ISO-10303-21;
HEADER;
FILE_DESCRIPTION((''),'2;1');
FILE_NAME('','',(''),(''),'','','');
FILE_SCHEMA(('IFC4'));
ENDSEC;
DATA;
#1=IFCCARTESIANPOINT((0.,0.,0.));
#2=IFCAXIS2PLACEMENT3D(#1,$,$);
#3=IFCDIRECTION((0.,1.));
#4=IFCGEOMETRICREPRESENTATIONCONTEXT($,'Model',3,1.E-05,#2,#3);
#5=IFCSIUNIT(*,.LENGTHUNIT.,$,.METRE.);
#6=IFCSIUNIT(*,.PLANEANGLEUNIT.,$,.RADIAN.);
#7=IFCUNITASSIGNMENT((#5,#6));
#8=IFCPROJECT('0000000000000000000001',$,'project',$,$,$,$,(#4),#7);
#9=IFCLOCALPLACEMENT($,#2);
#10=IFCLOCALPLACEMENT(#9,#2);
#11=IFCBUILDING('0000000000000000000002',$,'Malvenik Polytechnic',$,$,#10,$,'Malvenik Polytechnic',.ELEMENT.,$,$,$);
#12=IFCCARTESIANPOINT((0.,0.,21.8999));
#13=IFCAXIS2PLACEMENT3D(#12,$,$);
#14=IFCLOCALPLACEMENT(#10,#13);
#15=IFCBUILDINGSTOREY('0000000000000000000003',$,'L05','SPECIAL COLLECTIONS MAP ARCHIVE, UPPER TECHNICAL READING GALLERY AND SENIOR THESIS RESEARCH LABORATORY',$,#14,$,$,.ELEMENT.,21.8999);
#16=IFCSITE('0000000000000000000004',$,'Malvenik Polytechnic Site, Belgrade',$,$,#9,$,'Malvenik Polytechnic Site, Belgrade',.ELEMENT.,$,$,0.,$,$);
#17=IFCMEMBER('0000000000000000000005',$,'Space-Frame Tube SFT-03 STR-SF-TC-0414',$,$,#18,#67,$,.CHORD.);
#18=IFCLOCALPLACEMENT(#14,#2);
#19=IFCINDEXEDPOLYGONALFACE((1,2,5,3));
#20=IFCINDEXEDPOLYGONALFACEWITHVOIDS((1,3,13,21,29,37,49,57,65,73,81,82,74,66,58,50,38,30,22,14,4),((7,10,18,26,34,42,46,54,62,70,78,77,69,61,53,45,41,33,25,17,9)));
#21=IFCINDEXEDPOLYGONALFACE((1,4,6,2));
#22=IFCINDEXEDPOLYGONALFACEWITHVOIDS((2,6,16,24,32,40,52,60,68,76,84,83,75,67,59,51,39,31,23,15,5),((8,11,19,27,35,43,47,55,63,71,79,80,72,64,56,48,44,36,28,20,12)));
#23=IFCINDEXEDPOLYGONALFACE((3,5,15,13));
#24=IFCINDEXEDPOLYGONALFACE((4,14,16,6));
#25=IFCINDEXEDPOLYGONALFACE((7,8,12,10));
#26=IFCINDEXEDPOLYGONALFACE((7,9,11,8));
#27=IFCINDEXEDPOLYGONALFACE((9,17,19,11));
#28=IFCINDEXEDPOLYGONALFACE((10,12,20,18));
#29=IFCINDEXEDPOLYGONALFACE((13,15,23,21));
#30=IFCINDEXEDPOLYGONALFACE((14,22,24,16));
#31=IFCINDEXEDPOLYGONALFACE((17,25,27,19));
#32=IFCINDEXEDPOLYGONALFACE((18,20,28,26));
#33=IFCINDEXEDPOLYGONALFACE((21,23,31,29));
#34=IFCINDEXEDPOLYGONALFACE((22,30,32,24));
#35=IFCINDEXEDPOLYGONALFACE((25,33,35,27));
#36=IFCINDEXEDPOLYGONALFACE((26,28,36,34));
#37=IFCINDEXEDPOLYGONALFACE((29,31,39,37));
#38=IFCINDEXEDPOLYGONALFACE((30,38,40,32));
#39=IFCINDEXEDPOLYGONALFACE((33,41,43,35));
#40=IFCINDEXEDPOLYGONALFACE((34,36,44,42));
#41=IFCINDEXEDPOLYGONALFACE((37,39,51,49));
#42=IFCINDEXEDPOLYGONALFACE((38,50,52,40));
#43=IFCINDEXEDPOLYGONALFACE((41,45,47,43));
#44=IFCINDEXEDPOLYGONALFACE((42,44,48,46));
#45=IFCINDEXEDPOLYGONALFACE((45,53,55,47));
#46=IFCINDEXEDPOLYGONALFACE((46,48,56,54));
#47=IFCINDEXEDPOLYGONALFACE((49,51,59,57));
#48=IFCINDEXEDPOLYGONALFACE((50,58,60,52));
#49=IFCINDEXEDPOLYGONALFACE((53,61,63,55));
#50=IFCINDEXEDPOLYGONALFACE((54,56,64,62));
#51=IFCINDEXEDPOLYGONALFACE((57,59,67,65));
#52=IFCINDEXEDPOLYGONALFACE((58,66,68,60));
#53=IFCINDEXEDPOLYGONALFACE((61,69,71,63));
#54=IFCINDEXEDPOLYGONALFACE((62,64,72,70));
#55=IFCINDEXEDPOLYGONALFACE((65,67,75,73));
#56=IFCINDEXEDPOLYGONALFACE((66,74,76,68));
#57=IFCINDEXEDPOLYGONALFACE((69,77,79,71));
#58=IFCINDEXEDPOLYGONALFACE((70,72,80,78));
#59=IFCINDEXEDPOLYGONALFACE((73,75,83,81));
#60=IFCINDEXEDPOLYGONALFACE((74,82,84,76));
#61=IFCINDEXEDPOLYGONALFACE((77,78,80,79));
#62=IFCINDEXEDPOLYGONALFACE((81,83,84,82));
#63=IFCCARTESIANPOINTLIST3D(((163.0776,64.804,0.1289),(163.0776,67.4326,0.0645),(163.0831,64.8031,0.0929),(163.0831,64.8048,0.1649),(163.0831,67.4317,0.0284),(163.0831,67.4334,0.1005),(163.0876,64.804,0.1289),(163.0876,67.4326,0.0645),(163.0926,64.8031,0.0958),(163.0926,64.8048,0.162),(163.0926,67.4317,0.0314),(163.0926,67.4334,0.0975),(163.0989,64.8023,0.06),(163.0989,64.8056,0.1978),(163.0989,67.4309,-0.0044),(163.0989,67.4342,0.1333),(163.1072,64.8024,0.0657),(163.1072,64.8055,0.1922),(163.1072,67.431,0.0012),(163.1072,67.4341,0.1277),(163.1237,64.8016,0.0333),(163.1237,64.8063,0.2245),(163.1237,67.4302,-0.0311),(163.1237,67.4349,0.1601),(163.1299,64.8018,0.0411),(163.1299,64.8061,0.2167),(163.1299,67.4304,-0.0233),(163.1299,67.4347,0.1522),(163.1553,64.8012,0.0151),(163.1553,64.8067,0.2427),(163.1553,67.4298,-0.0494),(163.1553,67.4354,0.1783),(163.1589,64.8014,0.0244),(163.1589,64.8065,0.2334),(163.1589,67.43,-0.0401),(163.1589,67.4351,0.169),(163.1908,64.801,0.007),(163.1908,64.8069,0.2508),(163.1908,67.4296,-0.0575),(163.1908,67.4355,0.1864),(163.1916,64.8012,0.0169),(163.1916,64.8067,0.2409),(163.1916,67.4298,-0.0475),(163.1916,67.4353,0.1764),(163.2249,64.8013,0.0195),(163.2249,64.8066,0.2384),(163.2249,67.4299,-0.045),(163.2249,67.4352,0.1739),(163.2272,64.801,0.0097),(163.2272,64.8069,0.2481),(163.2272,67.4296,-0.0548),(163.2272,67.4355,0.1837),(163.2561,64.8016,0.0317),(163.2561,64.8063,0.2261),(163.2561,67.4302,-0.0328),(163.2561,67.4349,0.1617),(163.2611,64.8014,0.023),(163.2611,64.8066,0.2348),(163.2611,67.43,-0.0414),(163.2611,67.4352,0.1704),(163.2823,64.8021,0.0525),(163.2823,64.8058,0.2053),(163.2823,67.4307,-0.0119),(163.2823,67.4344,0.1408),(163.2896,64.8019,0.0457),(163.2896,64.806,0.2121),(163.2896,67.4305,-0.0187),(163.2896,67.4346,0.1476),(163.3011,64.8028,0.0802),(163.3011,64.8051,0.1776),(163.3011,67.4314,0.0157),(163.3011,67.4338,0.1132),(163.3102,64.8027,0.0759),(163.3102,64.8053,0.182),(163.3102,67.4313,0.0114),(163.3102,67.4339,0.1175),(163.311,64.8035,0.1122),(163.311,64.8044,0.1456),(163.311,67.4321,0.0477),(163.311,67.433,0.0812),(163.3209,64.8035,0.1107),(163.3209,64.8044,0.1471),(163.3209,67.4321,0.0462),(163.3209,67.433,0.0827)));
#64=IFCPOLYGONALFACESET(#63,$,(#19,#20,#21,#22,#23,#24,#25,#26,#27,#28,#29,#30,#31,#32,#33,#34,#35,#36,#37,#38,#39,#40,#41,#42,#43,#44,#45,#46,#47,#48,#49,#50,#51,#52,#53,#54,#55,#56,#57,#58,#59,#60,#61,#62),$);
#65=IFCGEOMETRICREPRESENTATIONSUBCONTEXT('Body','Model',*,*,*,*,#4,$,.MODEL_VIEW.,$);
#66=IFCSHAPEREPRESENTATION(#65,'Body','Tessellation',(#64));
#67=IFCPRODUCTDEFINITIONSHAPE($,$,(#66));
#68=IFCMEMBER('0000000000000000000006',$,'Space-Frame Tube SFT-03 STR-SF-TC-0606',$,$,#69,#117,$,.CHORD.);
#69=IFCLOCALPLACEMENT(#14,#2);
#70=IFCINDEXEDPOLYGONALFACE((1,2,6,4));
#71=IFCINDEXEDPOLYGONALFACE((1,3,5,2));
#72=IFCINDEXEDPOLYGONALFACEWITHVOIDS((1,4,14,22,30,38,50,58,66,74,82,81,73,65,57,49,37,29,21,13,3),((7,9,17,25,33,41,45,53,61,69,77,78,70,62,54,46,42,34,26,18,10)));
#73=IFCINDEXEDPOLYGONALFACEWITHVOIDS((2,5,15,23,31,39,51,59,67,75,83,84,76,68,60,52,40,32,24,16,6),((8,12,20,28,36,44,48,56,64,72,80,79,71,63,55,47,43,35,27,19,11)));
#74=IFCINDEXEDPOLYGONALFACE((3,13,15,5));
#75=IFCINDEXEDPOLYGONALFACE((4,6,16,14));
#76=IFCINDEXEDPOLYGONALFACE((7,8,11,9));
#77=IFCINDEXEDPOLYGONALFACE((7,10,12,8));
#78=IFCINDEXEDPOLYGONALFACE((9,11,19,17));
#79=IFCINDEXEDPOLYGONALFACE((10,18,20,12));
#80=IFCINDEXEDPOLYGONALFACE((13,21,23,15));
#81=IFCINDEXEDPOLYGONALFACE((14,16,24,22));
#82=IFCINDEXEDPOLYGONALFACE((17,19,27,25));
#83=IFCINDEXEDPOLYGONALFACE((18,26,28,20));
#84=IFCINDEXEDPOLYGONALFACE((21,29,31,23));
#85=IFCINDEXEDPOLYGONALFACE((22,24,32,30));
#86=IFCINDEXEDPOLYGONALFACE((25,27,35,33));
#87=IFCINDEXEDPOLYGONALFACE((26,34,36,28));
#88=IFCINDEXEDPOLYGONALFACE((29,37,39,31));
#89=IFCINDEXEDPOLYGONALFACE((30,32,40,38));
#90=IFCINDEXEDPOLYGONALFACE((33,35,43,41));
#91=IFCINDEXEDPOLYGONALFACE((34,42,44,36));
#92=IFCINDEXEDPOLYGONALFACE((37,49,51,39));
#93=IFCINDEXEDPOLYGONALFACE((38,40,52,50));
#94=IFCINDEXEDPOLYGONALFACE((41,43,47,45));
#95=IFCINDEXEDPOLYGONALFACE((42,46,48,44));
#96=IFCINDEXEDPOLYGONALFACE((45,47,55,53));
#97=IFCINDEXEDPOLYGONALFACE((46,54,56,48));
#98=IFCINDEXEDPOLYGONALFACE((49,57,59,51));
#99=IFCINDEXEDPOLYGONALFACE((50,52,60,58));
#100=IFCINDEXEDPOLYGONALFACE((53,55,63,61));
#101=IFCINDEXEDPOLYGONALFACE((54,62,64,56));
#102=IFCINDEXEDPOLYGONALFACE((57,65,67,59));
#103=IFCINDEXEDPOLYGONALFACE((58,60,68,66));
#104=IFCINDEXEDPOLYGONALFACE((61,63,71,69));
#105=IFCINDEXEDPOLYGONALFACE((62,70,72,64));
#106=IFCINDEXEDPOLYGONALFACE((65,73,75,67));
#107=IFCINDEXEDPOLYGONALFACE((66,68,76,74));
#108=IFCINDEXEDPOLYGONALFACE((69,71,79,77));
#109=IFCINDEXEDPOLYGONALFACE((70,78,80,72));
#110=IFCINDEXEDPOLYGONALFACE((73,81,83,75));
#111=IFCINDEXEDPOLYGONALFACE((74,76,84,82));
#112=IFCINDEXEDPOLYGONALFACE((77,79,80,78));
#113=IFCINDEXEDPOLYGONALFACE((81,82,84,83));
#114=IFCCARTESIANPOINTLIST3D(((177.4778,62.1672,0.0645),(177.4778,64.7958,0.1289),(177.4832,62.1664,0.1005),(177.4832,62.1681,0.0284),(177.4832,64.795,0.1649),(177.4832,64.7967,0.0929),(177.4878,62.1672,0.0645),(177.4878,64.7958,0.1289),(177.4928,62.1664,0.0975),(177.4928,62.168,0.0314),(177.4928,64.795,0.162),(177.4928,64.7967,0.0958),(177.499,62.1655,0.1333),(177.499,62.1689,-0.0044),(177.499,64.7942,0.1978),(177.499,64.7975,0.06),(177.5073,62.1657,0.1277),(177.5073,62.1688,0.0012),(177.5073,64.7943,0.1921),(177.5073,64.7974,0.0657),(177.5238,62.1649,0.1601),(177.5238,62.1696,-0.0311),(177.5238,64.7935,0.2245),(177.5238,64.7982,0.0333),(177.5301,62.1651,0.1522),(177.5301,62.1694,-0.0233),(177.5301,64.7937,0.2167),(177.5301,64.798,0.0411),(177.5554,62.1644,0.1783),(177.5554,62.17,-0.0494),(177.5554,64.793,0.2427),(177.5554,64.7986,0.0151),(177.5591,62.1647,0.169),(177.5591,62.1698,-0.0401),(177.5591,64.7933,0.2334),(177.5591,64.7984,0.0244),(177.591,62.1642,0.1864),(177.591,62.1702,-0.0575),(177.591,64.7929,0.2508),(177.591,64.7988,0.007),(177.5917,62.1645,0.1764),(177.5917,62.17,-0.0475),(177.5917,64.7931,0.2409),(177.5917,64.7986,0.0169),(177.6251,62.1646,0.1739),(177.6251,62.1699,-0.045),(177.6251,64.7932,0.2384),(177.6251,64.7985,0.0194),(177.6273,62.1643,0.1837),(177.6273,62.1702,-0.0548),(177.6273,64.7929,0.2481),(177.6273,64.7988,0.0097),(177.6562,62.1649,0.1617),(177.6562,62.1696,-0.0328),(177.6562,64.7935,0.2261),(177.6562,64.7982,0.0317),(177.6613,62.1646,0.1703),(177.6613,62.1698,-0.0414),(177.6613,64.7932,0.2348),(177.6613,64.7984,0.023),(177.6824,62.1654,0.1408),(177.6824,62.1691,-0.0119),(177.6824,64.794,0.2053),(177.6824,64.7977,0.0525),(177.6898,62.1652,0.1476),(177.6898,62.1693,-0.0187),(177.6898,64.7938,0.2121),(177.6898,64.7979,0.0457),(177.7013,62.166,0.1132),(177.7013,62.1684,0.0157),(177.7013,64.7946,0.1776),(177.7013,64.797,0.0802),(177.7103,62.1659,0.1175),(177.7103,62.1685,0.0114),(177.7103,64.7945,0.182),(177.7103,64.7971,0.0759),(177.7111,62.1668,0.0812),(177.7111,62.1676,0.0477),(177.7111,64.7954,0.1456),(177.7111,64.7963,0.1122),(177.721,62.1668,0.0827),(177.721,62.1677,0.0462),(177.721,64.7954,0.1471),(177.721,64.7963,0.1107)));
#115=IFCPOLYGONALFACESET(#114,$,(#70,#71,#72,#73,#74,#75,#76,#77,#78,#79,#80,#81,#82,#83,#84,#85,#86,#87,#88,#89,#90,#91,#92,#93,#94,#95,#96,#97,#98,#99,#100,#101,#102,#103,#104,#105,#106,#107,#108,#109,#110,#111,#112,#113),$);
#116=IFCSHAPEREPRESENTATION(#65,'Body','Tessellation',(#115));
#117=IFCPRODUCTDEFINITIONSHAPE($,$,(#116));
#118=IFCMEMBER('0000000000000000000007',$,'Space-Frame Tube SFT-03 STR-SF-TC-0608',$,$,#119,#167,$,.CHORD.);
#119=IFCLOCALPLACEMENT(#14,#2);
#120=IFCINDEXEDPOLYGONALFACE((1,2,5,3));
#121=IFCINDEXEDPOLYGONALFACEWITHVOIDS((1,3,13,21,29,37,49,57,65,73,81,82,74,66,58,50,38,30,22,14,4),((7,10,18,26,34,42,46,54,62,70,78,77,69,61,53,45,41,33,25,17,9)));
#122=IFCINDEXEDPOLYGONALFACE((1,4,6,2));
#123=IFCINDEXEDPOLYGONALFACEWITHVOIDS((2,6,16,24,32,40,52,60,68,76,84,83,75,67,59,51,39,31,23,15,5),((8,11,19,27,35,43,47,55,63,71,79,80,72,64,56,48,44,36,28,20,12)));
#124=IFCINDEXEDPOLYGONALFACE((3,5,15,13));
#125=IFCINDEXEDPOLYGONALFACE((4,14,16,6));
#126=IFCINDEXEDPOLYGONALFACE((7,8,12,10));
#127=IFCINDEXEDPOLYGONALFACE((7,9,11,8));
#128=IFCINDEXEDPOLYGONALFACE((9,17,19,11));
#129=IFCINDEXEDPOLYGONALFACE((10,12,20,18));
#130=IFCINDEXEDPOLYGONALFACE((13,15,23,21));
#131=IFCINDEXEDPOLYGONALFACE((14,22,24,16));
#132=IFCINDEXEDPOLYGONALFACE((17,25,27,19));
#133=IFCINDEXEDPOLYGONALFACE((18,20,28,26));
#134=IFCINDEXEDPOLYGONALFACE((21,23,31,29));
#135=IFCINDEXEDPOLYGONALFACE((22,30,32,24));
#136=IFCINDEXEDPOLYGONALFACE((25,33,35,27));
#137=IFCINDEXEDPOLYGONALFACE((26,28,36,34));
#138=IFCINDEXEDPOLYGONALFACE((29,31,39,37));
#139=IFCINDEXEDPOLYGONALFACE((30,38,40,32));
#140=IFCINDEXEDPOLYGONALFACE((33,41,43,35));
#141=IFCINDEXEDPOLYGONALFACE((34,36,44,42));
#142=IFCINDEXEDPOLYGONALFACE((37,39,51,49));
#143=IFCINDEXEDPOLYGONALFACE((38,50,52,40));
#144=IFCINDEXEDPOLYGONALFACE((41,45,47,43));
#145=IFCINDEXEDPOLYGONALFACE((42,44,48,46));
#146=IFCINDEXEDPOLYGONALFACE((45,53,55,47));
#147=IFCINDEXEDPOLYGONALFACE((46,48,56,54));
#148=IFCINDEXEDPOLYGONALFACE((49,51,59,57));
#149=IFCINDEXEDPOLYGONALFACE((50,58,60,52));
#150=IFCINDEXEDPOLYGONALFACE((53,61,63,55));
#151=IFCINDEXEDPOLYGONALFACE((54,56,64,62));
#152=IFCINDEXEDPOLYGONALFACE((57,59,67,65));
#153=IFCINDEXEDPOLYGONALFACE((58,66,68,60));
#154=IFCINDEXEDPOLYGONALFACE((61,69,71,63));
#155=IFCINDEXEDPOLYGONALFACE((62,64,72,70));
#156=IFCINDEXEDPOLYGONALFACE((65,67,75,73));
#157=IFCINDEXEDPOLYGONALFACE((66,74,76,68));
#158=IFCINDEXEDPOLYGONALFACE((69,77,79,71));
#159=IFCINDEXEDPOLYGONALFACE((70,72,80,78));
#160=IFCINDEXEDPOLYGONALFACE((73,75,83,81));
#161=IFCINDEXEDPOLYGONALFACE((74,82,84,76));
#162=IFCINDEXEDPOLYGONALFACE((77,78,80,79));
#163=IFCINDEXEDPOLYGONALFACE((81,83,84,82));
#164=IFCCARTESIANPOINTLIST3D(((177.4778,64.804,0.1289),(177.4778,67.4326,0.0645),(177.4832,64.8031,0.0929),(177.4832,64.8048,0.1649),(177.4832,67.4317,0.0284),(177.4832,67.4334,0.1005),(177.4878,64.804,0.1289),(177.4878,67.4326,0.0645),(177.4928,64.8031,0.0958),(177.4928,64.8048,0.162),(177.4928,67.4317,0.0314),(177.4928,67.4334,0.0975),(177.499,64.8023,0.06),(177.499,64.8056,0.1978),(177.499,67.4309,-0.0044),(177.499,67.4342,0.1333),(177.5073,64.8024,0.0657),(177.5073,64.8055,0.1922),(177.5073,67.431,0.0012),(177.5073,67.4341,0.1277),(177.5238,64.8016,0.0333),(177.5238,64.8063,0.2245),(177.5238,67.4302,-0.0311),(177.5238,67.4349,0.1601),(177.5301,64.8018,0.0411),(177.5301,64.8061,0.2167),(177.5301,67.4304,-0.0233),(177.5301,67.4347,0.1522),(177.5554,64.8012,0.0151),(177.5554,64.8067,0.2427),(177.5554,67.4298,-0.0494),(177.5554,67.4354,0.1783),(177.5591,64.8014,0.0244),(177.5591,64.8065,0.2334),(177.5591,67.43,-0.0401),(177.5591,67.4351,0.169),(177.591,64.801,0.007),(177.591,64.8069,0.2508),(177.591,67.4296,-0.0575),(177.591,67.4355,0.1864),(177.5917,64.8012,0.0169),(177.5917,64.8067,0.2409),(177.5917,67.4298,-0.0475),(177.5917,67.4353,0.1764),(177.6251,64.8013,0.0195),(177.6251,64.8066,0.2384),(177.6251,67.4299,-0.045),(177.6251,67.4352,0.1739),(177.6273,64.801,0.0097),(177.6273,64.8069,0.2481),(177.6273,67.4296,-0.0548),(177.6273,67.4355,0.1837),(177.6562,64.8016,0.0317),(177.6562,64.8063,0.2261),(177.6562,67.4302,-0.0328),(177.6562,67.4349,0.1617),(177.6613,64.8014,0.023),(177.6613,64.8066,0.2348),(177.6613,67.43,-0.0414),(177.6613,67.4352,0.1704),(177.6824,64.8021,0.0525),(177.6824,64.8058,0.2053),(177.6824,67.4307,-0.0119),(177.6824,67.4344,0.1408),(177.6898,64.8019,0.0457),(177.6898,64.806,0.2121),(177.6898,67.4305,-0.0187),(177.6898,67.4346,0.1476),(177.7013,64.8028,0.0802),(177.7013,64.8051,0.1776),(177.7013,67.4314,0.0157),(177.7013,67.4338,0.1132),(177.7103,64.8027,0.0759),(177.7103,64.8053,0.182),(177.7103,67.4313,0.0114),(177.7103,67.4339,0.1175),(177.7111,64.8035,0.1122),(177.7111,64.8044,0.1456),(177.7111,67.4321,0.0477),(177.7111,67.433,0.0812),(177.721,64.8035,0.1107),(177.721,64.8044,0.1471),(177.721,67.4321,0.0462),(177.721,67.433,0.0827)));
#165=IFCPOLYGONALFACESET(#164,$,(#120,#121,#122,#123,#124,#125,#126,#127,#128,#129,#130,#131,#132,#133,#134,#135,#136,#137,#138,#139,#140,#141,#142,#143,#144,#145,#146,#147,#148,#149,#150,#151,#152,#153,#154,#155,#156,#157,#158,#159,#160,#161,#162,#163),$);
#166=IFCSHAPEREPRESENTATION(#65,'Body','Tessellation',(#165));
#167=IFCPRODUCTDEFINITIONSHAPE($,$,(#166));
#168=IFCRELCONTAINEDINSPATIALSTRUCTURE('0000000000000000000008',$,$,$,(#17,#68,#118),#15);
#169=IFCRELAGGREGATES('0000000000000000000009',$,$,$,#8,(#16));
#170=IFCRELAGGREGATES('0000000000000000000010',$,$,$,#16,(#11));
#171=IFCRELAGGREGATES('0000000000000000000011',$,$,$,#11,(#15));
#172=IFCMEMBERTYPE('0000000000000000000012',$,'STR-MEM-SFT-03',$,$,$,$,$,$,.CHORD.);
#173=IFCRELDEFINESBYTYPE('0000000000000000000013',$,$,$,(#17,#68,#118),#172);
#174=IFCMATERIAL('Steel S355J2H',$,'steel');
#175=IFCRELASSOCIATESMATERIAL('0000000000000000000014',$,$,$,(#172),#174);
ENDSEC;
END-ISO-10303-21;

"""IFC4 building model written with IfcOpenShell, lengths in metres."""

from ifc_helpers import new_model, si_unit, direction, frame, origin, origin_2d, place, context, subcontext, project, spatial, hollow_circle, extrude, material, material_profile, profile_set, type_object, element, save


model = new_model("IFC4")

# Units and contexts
model_context = context("Model", 3, precision=1e-05, world=origin(), true_north=direction((0.0, 1.0)))
body_context = subcontext(model_context, "Body", "Model", "MODEL_VIEW")
ifc_project = project(units=[si_unit("LENGTHUNIT", "METRE"), si_unit("PLANEANGLEUNIT", "RADIAN")], contexts=[model_context])

# Site, building, storey
site_placement = place(None, origin())
site = spatial("IfcSite", under=ifc_project, at=site_placement, Name="Malvenik Polytechnic Site, Belgrade", LongName="Malvenik Polytechnic Site, Belgrade", CompositionType="ELEMENT", RefElevation=0.0)
building_placement = place(site_placement, origin())
building = spatial("IfcBuilding", under=site, at=building_placement, Name="Malvenik Polytechnic", LongName="Malvenik Polytechnic", CompositionType="ELEMENT")
storey_placement = place(building_placement, frame((0.0, 0.0, 21.8999)))
storey = spatial("IfcBuildingStorey", under=building, at=storey_placement, Name="L05", Description="SPECIAL COLLECTIONS MAP ARCHIVE, UPPER TECHNICAL READING GALLERY AND SENIOR THESIS RESEARCH LABORATORY", CompositionType="ELEMENT", Elevation=21.8999)

# Members
ifc_material = material(Name="Steel S355J2H", Category="steel")
ifc_material_profile_1 = material_profile(ifc_material, hollow_circle(Radius=0.1223, WallThickness=0.01, at=origin_2d()), Name="CHS 244.5x10.0")
ifc_profile_set_1 = profile_set([ifc_material_profile_1], Name="Steel S355J2H")
member_type_1 = type_object("IfcMemberType", Name="STR-MEM-SFT-03", PredefinedType="CHORD", material=ifc_profile_set_1)
for number, where, z_axis, x_axis, name in (
    (1, (163.2, 64.804, 0.1289), (0.0, 0.9997, -0.024512), (-1.0, 0.0, 0.0), "Space-Frame Tube SFT-03 STR-SF-TC-0414"),
    (2, (177.6001, 62.1672, 0.0645), (0.0, 0.9997, 0.024512), (-1.0, 0.0, 0.0), "Space-Frame Tube SFT-03 STR-SF-TC-0606"),
    (3, (177.6001, 64.804, 0.1289), (0.0, 0.9997, -0.024512), (-1.0, 0.0, 0.0), "Space-Frame Tube SFT-03 STR-SF-TC-0608"),
):
    element("IfcMember", number, at=place(storey_placement, frame(where, z_axis=z_axis, x_axis=x_axis)), inside=storey, type_object=member_type_1, Name=name, PredefinedType="CHORD", context=body_context, shape_type="SweptSolid", body=[
        extrude(hollow_circle(Radius=0.1223, WallThickness=0.01, at=origin_2d()), origin(), (0.0, 0.0, 1.0), 2.6294),
    ])

save(model, "model.ifc")
